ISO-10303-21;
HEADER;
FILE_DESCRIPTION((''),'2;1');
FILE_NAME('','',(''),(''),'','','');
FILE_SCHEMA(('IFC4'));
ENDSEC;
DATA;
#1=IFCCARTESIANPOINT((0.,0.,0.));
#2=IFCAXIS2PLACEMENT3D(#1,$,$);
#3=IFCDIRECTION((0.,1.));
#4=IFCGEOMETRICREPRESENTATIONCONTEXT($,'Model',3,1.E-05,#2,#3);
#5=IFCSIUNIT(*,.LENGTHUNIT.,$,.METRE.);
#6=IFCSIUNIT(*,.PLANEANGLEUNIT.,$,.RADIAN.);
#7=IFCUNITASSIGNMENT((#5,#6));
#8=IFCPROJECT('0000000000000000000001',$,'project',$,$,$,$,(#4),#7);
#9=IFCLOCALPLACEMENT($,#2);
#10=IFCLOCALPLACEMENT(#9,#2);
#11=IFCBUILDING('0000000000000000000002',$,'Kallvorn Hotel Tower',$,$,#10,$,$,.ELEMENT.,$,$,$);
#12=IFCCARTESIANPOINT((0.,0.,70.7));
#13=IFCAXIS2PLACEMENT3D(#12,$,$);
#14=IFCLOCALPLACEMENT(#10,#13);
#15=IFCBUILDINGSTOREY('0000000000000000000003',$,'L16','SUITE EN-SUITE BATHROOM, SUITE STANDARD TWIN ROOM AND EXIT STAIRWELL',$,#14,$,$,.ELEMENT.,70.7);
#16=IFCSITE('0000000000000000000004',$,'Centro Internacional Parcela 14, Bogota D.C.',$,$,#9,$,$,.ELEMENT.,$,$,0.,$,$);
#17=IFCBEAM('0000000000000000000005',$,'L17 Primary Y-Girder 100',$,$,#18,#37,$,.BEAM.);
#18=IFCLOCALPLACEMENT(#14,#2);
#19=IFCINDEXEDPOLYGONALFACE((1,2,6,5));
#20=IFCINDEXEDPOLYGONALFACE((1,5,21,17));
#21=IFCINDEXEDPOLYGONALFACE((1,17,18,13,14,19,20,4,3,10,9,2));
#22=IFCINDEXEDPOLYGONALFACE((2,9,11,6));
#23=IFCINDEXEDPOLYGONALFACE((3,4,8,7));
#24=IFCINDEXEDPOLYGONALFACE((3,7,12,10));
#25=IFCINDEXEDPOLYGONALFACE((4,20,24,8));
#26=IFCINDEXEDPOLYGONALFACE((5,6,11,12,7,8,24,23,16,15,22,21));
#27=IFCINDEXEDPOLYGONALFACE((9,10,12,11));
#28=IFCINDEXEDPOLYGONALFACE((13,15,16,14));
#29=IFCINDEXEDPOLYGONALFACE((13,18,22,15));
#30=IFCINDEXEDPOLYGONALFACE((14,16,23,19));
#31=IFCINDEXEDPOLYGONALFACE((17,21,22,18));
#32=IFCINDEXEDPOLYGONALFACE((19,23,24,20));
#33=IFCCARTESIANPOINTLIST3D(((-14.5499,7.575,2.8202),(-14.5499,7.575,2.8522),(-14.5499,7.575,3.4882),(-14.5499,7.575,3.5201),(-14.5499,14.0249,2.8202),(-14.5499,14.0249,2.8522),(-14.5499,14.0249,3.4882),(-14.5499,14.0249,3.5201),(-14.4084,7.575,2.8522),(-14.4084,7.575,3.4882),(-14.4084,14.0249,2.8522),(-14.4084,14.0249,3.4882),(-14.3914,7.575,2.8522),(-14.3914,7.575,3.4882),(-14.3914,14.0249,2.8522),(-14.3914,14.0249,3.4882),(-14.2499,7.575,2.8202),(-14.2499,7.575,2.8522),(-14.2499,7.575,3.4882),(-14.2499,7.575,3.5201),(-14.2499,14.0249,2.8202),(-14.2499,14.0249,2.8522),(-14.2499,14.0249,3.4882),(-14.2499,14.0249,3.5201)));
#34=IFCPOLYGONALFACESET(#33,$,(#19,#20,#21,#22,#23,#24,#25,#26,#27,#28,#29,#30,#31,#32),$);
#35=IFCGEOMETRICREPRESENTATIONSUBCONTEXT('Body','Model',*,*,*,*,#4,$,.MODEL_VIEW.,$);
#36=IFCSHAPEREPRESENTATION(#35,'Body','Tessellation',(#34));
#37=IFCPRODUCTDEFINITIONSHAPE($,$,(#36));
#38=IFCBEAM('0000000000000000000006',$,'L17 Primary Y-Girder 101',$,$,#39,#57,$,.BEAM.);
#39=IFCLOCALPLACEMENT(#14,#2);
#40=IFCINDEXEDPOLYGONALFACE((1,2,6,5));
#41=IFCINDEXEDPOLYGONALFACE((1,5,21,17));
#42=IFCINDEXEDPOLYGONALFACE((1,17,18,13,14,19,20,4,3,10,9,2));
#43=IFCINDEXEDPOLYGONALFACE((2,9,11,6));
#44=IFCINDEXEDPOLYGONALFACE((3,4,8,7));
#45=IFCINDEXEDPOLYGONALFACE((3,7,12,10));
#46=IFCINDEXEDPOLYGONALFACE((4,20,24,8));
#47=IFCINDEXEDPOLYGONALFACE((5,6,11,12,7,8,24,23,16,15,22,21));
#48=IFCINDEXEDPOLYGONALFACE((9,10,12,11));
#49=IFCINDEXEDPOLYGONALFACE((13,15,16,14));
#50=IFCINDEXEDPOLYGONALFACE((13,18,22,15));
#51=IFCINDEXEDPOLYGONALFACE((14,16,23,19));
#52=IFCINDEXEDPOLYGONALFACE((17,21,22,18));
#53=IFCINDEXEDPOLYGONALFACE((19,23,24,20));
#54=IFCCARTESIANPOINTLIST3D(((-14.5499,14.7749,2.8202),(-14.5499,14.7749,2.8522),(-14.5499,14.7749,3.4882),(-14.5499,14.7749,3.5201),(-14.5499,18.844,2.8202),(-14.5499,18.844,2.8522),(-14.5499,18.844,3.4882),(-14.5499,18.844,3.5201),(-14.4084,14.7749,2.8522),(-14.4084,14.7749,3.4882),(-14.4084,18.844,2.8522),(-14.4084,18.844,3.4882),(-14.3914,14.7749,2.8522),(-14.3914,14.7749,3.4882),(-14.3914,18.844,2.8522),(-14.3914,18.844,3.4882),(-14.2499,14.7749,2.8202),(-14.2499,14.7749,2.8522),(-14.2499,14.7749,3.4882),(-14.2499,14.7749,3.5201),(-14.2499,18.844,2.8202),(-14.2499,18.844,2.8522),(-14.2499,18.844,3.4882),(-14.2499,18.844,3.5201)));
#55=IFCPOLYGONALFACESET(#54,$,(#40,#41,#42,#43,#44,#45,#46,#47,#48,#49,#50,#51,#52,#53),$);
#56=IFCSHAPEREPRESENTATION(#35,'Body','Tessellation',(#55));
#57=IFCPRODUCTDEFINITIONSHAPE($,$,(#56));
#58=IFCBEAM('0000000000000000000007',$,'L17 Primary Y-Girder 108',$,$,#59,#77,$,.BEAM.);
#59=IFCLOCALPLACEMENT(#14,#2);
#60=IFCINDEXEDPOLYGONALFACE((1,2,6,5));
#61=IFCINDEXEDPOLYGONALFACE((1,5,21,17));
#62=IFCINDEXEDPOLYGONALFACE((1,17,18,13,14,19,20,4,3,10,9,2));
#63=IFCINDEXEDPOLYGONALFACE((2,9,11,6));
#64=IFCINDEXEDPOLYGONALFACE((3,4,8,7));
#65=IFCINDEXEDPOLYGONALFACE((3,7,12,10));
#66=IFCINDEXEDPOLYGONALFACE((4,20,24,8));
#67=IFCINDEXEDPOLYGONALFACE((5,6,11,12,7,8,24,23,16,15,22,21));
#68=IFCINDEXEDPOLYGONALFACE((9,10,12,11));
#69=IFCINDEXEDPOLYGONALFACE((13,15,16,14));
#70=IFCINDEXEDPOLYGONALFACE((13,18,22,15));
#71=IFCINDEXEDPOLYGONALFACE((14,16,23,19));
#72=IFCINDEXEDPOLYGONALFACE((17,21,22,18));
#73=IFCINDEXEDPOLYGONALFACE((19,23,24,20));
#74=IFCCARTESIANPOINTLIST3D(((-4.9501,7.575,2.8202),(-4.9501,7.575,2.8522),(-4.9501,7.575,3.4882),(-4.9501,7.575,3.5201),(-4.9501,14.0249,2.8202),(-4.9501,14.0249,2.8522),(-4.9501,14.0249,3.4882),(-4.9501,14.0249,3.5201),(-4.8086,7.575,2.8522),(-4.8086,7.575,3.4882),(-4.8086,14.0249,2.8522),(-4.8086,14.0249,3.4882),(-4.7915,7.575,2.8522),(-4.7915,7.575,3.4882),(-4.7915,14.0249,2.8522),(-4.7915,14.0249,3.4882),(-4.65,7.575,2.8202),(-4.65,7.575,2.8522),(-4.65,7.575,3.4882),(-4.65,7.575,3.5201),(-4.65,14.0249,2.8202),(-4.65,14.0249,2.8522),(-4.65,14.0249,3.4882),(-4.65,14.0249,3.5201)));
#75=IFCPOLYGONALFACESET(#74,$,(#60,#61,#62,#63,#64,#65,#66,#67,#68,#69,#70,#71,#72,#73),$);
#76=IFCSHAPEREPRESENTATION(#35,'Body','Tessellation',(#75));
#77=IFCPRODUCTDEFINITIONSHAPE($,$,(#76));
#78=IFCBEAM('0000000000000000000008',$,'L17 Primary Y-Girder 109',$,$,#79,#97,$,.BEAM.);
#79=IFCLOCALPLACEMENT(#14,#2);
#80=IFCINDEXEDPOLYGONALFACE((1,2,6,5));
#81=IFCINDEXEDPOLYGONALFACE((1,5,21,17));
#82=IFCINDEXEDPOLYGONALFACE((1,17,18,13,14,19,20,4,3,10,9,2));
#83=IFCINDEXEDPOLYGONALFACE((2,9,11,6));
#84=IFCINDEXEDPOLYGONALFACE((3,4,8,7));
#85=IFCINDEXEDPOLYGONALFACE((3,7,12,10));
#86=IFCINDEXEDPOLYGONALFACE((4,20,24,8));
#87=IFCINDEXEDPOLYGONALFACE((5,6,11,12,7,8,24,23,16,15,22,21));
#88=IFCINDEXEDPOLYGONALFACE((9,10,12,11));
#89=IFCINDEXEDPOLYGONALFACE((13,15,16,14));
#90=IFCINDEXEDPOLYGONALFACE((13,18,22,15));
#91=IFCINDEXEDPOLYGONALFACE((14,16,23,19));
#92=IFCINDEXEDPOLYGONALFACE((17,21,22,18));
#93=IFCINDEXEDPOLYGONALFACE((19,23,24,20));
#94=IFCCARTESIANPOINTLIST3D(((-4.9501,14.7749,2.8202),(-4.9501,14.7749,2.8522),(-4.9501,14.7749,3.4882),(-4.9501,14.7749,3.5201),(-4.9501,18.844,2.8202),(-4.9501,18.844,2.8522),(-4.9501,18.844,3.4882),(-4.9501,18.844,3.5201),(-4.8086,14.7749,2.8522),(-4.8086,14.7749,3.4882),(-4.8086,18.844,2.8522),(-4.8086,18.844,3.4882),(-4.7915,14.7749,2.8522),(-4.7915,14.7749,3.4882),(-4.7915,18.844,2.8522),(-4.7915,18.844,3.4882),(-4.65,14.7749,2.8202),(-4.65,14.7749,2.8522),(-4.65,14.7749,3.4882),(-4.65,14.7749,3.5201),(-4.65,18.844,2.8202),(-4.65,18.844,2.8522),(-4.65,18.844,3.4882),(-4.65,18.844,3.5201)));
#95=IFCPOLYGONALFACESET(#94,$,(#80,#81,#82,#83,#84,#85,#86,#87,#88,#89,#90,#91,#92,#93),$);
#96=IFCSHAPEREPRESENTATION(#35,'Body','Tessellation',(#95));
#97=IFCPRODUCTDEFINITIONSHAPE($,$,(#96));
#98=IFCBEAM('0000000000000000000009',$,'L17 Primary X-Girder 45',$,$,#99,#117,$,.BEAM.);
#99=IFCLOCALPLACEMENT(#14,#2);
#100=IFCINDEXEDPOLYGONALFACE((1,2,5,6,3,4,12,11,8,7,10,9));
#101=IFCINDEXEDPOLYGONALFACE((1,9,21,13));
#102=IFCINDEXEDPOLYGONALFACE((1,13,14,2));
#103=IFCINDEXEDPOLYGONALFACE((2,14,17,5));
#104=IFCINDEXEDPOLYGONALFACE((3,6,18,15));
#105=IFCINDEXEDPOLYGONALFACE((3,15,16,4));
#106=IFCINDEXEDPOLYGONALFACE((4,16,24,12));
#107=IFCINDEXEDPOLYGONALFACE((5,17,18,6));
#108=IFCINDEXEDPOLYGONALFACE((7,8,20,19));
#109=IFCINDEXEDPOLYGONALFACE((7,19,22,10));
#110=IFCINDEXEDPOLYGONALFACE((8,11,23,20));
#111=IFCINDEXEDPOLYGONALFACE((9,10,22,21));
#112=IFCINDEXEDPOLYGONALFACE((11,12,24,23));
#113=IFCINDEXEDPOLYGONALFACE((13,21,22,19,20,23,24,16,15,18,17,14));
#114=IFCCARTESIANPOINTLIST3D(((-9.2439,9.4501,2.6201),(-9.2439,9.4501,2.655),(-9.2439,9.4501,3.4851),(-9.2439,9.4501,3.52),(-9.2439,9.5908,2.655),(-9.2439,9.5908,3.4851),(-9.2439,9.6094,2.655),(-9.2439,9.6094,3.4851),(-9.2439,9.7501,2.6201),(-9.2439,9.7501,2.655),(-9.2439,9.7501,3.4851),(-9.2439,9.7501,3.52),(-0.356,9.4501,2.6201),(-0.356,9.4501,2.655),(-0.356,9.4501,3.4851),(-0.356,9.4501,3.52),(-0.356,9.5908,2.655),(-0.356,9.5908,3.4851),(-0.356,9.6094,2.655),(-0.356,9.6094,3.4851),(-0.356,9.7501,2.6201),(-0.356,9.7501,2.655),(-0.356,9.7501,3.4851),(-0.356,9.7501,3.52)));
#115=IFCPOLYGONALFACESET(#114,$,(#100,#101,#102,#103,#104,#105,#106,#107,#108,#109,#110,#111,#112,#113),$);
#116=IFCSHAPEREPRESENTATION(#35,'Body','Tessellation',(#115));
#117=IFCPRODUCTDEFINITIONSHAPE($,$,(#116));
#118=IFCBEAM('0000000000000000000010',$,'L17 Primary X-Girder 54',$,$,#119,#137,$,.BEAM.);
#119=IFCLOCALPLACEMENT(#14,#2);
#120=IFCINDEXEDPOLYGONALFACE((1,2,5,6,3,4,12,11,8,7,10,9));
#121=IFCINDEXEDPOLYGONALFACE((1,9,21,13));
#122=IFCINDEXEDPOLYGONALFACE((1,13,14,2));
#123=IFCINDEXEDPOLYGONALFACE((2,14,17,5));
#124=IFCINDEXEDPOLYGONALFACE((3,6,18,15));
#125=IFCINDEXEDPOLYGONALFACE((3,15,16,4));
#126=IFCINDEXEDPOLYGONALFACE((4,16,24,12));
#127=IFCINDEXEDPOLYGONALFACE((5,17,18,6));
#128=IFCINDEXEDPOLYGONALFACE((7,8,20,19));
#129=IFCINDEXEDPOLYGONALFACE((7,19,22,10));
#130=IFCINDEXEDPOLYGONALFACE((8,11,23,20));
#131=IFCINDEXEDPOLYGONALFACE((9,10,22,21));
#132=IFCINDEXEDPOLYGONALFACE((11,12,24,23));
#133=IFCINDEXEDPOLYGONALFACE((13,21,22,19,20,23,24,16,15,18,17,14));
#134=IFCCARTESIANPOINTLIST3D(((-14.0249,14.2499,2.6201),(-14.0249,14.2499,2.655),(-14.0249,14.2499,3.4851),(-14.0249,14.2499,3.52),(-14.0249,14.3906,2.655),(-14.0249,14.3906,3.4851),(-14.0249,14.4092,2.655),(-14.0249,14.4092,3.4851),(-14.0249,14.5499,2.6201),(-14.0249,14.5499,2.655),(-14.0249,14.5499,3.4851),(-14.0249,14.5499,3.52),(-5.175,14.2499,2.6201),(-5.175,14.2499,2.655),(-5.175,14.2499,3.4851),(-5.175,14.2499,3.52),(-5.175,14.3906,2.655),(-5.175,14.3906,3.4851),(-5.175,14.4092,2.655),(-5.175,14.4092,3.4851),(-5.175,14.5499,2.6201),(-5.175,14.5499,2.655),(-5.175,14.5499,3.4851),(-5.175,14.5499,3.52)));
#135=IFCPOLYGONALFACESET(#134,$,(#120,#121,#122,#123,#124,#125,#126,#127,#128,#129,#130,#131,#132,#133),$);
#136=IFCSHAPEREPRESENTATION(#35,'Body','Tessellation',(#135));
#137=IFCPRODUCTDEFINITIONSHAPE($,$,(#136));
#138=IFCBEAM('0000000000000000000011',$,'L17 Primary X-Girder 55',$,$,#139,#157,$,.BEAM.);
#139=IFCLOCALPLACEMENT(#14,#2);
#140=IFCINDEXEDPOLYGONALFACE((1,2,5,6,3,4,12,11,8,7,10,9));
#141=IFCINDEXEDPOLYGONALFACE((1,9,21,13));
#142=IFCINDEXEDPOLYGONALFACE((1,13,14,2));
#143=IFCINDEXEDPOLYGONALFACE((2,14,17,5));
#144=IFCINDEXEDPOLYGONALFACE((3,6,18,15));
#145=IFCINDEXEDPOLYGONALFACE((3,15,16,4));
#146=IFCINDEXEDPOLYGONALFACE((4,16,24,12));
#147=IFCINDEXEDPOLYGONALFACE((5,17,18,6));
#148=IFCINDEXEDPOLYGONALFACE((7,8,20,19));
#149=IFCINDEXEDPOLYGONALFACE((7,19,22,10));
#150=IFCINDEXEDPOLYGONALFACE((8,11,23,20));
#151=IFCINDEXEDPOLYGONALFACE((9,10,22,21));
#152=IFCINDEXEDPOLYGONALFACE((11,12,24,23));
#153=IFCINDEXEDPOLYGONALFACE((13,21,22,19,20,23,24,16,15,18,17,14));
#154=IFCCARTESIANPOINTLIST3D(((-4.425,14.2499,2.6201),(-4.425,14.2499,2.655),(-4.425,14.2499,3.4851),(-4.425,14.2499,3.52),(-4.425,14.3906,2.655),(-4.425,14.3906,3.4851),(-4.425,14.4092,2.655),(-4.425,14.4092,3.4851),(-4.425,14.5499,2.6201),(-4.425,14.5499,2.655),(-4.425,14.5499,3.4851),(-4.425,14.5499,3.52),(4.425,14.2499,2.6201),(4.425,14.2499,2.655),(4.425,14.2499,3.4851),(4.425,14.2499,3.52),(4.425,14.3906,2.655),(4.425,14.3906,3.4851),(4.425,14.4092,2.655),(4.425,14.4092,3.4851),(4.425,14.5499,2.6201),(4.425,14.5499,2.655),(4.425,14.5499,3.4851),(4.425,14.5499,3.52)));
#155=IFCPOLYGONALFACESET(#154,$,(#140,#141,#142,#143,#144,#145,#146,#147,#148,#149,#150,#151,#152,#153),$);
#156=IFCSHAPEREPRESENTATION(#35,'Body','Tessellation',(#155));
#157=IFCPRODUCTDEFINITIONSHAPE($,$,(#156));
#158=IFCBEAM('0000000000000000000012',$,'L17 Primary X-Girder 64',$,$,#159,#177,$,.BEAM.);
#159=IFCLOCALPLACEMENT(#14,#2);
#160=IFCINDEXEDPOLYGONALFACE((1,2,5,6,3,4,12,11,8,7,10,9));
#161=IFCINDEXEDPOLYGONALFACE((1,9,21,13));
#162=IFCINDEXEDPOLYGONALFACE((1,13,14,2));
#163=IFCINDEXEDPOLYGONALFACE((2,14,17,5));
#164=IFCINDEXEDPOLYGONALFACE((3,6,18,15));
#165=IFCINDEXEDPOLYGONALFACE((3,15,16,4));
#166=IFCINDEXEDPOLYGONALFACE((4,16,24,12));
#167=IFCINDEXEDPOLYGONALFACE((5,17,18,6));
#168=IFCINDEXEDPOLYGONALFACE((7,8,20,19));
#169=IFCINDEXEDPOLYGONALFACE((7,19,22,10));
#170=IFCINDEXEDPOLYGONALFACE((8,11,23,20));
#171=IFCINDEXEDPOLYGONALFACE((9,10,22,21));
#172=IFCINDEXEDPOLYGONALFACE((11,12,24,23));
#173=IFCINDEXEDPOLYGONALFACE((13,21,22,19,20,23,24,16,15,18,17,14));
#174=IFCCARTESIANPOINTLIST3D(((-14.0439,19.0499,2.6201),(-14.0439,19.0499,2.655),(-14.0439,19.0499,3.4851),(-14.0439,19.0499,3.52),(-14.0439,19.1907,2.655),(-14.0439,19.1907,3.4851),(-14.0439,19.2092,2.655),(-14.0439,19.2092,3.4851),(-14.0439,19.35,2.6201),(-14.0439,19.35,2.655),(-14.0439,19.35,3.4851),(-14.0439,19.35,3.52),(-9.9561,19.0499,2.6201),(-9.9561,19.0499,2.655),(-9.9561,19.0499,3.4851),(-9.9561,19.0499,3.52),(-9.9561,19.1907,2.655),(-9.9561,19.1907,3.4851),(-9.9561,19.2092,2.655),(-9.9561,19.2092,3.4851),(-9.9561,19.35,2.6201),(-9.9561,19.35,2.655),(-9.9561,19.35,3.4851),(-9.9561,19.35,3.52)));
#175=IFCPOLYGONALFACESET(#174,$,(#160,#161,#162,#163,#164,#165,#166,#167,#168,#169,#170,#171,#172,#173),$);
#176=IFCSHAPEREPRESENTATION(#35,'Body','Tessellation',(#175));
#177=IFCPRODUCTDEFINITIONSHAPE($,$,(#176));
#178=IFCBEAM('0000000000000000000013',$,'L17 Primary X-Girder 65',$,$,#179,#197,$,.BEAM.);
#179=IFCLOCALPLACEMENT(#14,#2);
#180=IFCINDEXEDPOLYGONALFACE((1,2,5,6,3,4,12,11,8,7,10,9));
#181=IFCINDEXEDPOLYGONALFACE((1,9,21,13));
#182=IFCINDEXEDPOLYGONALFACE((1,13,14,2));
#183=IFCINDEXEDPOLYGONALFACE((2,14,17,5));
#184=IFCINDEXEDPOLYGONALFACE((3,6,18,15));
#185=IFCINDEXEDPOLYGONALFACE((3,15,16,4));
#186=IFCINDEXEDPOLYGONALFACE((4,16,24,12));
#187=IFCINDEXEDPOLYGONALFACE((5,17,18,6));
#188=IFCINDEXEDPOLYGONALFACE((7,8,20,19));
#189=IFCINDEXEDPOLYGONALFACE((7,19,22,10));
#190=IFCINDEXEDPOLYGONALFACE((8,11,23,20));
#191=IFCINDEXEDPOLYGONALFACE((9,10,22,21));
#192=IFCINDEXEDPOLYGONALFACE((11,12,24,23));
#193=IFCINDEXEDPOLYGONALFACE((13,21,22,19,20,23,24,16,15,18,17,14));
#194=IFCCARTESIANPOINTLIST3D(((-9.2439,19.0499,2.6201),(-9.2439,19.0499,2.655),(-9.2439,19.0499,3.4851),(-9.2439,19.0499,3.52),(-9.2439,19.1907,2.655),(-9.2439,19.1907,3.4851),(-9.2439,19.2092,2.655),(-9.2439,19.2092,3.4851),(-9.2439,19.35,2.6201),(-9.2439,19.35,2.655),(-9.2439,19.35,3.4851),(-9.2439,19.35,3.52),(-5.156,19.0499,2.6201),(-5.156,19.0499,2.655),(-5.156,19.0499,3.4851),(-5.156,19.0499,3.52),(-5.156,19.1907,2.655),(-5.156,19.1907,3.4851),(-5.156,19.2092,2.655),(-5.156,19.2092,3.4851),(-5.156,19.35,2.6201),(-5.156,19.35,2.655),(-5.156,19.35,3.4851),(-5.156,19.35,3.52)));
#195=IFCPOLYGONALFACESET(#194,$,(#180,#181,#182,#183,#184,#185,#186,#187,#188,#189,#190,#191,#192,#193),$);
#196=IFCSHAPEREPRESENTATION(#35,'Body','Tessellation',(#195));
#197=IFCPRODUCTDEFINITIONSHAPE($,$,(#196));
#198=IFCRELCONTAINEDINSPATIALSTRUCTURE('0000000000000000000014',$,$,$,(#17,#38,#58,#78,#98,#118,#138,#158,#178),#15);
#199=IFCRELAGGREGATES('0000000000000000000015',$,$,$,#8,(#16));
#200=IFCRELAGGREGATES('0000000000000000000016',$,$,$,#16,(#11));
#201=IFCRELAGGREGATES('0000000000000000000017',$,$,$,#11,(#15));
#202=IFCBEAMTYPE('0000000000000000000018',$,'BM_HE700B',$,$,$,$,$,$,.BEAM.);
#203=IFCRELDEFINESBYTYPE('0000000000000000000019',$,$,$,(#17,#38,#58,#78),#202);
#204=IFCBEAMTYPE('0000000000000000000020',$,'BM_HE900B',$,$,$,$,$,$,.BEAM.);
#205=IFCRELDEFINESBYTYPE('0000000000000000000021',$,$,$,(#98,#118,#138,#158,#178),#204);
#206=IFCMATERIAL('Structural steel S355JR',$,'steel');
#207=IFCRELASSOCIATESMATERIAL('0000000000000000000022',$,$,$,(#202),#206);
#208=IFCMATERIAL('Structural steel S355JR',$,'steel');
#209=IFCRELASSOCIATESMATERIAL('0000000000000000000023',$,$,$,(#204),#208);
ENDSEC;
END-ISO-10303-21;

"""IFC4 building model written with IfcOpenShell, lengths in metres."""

from ifc_helpers import new_model, si_unit, direction, frame, origin, origin_2d, place, context, subcontext, project, spatial, i_section, extrude, material, material_profile, profile_set, type_object, element, save


model = new_model("IFC4")

# Units and contexts
model_context = context("Model", 3, precision=1e-05, world=origin(), true_north=direction((0.0, 1.0)))
body_context = subcontext(model_context, "Body", "Model", "MODEL_VIEW")
ifc_project = project(units=[si_unit("LENGTHUNIT", "METRE"), si_unit("PLANEANGLEUNIT", "RADIAN")], contexts=[model_context])

# Site, building, storey
site_placement = place(None, origin())
site = spatial("IfcSite", under=ifc_project, at=site_placement, Name="Centro Internacional Parcela 14, Bogota D.C.", CompositionType="ELEMENT", RefElevation=0.0)
building_placement = place(site_placement, origin())
building = spatial("IfcBuilding", under=site, at=building_placement, Name="Kallvorn Hotel Tower", CompositionType="ELEMENT")
storey_placement = place(building_placement, frame((0.0, 0.0, 70.7)))
storey = spatial("IfcBuildingStorey", under=building, at=storey_placement, Name="L16", Description="SUITE EN-SUITE BATHROOM, SUITE STANDARD TWIN ROOM AND EXIT STAIRWELL", CompositionType="ELEMENT", Elevation=70.7)

# Beams
ifc_material_1 = material(Name="Structural steel S355JR", Category="steel")
ifc_material_profile_1 = material_profile(ifc_material_1, i_section(OverallWidth=0.3, OverallDepth=0.7, WebThickness=0.0171, FlangeThickness=0.032, at=origin_2d()), Name="HE 700 B")
ifc_profile_set_1 = profile_set([ifc_material_profile_1], Name="Structural steel S355JR")
beam_type_1 = type_object("IfcBeamType", Name="BM_HE700B", PredefinedType="BEAM", material=ifc_profile_set_1)
beam_1_placement = place(storey_placement, frame((-14.3999, 7.575, 3.1702), z_axis=(0.0, 1.0, 0.0), x_axis=(-1.0, 0.0, 0.0)))
element("IfcBeam", 1, at=beam_1_placement, inside=storey, type_object=beam_type_1, Name="L17 Primary Y-Girder 100", PredefinedType="BEAM", context=body_context, shape_type="SweptSolid", body=[
    extrude(i_section(OverallWidth=0.3, OverallDepth=0.7, WebThickness=0.0171, FlangeThickness=0.032, at=origin_2d()), origin(), (0.0, 0.0, 1.0), 6.45),
])
beam_2_placement = place(storey_placement, frame((-14.3999, 14.7749, 3.1702), z_axis=(0.0, 1.0, 0.0), x_axis=(-1.0, 0.0, 0.0)))
element("IfcBeam", 2, at=beam_2_placement, inside=storey, type_object=beam_type_1, Name="L17 Primary Y-Girder 101", PredefinedType="BEAM", context=body_context, shape_type="SweptSolid", body=[
    extrude(i_section(OverallWidth=0.3, OverallDepth=0.7, WebThickness=0.0171, FlangeThickness=0.032, at=origin_2d()), origin(), (0.0, 0.0, 1.0), 4.0691),
])
beam_3_placement = place(storey_placement, frame((-4.8, 7.575, 3.1702), z_axis=(0.0, 1.0, 0.0), x_axis=(-1.0, 0.0, 0.0)))
element("IfcBeam", 3, at=beam_3_placement, inside=storey, type_object=beam_type_1, Name="L17 Primary Y-Girder 108", PredefinedType="BEAM", context=body_context, shape_type="SweptSolid", body=[
    extrude(i_section(OverallWidth=0.3, OverallDepth=0.7, WebThickness=0.0171, FlangeThickness=0.032, at=origin_2d()), origin(), (0.0, 0.0, 1.0), 6.45),
])
beam_4_placement = place(storey_placement, frame((-4.8, 14.7749, 3.1702), z_axis=(0.0, 1.0, 0.0), x_axis=(-1.0, 0.0, 0.0)))
element("IfcBeam", 4, at=beam_4_placement, inside=storey, type_object=beam_type_1, Name="L17 Primary Y-Girder 109", PredefinedType="BEAM", context=body_context, shape_type="SweptSolid", body=[
    extrude(i_section(OverallWidth=0.3, OverallDepth=0.7, WebThickness=0.0171, FlangeThickness=0.032, at=origin_2d()), origin(), (0.0, 0.0, 1.0), 4.0691),
])
ifc_material_2 = material(Name="Structural steel S355JR", Category="steel")
ifc_material_profile_2 = material_profile(ifc_material_2, i_section(OverallWidth=0.3, OverallDepth=0.8999, WebThickness=0.0186, FlangeThickness=0.0349, at=origin_2d()), Name="HE 900 B")
ifc_profile_set_2 = profile_set([ifc_material_profile_2], Name="Structural steel S355JR")
beam_type_2 = type_object("IfcBeamType", Name="BM_HE900B", PredefinedType="BEAM", material=ifc_profile_set_2)
beam_5_placement = place(storey_placement, frame((-9.2439, 9.6001, 3.0701), z_axis=(1.0, 0.0, 0.0), x_axis=(0.0, 1.0, 0.0)))
element("IfcBeam", 5, at=beam_5_placement, inside=storey, type_object=beam_type_2, Name="L17 Primary X-Girder 45", PredefinedType="BEAM", context=body_context, shape_type="SweptSolid", body=[
    extrude(i_section(OverallWidth=0.3, OverallDepth=0.8999, WebThickness=0.0186, FlangeThickness=0.0349, at=origin_2d()), origin(), (0.0, 0.0, 1.0), 8.8879),
])
beam_6_placement = place(storey_placement, frame((-14.0249, 14.3999, 3.0701), z_axis=(1.0, 0.0, 0.0), x_axis=(0.0, 1.0, 0.0)))
element("IfcBeam", 6, at=beam_6_placement, inside=storey, type_object=beam_type_2, Name="L17 Primary X-Girder 54", PredefinedType="BEAM", context=body_context, shape_type="SweptSolid", body=[
    extrude(i_section(OverallWidth=0.3, OverallDepth=0.8999, WebThickness=0.0186, FlangeThickness=0.0349, at=origin_2d()), origin(), (0.0, 0.0, 1.0), 8.8499),
])
beam_7_placement = place(storey_placement, frame((-4.425, 14.3999, 3.0701), z_axis=(1.0, 0.0, 0.0), x_axis=(0.0, 1.0, 0.0)))
element("IfcBeam", 7, at=beam_7_placement, inside=storey, type_object=beam_type_2, Name="L17 Primary X-Girder 55", PredefinedType="BEAM", context=body_context, shape_type="SweptSolid", body=[
    extrude(i_section(OverallWidth=0.3, OverallDepth=0.8999, WebThickness=0.0186, FlangeThickness=0.0349, at=origin_2d()), origin(), (0.0, 0.0, 1.0), 8.8501),
])
for number, where, z_axis, x_axis, name in (
    (8, (-14.0439, 19.2, 3.0701), (1.0, 0.0, 0.0), (0.0, 1.0, 0.0), "L17 Primary X-Girder 64"),
    (9, (-9.2439, 19.2, 3.0701), (1.0, 0.0, 0.0), (0.0, 1.0, 0.0), "L17 Primary X-Girder 65"),
):
    element("IfcBeam", number, at=place(storey_placement, frame(where, z_axis=z_axis, x_axis=x_axis)), inside=storey, type_object=beam_type_2, Name=name, PredefinedType="BEAM", context=body_context, shape_type="SweptSolid", body=[
        extrude(i_section(OverallWidth=0.3, OverallDepth=0.8999, WebThickness=0.0186, FlangeThickness=0.0349, at=origin_2d()), origin(), (0.0, 0.0, 1.0), 4.0879),
    ])

save(model, "model.ifc")
